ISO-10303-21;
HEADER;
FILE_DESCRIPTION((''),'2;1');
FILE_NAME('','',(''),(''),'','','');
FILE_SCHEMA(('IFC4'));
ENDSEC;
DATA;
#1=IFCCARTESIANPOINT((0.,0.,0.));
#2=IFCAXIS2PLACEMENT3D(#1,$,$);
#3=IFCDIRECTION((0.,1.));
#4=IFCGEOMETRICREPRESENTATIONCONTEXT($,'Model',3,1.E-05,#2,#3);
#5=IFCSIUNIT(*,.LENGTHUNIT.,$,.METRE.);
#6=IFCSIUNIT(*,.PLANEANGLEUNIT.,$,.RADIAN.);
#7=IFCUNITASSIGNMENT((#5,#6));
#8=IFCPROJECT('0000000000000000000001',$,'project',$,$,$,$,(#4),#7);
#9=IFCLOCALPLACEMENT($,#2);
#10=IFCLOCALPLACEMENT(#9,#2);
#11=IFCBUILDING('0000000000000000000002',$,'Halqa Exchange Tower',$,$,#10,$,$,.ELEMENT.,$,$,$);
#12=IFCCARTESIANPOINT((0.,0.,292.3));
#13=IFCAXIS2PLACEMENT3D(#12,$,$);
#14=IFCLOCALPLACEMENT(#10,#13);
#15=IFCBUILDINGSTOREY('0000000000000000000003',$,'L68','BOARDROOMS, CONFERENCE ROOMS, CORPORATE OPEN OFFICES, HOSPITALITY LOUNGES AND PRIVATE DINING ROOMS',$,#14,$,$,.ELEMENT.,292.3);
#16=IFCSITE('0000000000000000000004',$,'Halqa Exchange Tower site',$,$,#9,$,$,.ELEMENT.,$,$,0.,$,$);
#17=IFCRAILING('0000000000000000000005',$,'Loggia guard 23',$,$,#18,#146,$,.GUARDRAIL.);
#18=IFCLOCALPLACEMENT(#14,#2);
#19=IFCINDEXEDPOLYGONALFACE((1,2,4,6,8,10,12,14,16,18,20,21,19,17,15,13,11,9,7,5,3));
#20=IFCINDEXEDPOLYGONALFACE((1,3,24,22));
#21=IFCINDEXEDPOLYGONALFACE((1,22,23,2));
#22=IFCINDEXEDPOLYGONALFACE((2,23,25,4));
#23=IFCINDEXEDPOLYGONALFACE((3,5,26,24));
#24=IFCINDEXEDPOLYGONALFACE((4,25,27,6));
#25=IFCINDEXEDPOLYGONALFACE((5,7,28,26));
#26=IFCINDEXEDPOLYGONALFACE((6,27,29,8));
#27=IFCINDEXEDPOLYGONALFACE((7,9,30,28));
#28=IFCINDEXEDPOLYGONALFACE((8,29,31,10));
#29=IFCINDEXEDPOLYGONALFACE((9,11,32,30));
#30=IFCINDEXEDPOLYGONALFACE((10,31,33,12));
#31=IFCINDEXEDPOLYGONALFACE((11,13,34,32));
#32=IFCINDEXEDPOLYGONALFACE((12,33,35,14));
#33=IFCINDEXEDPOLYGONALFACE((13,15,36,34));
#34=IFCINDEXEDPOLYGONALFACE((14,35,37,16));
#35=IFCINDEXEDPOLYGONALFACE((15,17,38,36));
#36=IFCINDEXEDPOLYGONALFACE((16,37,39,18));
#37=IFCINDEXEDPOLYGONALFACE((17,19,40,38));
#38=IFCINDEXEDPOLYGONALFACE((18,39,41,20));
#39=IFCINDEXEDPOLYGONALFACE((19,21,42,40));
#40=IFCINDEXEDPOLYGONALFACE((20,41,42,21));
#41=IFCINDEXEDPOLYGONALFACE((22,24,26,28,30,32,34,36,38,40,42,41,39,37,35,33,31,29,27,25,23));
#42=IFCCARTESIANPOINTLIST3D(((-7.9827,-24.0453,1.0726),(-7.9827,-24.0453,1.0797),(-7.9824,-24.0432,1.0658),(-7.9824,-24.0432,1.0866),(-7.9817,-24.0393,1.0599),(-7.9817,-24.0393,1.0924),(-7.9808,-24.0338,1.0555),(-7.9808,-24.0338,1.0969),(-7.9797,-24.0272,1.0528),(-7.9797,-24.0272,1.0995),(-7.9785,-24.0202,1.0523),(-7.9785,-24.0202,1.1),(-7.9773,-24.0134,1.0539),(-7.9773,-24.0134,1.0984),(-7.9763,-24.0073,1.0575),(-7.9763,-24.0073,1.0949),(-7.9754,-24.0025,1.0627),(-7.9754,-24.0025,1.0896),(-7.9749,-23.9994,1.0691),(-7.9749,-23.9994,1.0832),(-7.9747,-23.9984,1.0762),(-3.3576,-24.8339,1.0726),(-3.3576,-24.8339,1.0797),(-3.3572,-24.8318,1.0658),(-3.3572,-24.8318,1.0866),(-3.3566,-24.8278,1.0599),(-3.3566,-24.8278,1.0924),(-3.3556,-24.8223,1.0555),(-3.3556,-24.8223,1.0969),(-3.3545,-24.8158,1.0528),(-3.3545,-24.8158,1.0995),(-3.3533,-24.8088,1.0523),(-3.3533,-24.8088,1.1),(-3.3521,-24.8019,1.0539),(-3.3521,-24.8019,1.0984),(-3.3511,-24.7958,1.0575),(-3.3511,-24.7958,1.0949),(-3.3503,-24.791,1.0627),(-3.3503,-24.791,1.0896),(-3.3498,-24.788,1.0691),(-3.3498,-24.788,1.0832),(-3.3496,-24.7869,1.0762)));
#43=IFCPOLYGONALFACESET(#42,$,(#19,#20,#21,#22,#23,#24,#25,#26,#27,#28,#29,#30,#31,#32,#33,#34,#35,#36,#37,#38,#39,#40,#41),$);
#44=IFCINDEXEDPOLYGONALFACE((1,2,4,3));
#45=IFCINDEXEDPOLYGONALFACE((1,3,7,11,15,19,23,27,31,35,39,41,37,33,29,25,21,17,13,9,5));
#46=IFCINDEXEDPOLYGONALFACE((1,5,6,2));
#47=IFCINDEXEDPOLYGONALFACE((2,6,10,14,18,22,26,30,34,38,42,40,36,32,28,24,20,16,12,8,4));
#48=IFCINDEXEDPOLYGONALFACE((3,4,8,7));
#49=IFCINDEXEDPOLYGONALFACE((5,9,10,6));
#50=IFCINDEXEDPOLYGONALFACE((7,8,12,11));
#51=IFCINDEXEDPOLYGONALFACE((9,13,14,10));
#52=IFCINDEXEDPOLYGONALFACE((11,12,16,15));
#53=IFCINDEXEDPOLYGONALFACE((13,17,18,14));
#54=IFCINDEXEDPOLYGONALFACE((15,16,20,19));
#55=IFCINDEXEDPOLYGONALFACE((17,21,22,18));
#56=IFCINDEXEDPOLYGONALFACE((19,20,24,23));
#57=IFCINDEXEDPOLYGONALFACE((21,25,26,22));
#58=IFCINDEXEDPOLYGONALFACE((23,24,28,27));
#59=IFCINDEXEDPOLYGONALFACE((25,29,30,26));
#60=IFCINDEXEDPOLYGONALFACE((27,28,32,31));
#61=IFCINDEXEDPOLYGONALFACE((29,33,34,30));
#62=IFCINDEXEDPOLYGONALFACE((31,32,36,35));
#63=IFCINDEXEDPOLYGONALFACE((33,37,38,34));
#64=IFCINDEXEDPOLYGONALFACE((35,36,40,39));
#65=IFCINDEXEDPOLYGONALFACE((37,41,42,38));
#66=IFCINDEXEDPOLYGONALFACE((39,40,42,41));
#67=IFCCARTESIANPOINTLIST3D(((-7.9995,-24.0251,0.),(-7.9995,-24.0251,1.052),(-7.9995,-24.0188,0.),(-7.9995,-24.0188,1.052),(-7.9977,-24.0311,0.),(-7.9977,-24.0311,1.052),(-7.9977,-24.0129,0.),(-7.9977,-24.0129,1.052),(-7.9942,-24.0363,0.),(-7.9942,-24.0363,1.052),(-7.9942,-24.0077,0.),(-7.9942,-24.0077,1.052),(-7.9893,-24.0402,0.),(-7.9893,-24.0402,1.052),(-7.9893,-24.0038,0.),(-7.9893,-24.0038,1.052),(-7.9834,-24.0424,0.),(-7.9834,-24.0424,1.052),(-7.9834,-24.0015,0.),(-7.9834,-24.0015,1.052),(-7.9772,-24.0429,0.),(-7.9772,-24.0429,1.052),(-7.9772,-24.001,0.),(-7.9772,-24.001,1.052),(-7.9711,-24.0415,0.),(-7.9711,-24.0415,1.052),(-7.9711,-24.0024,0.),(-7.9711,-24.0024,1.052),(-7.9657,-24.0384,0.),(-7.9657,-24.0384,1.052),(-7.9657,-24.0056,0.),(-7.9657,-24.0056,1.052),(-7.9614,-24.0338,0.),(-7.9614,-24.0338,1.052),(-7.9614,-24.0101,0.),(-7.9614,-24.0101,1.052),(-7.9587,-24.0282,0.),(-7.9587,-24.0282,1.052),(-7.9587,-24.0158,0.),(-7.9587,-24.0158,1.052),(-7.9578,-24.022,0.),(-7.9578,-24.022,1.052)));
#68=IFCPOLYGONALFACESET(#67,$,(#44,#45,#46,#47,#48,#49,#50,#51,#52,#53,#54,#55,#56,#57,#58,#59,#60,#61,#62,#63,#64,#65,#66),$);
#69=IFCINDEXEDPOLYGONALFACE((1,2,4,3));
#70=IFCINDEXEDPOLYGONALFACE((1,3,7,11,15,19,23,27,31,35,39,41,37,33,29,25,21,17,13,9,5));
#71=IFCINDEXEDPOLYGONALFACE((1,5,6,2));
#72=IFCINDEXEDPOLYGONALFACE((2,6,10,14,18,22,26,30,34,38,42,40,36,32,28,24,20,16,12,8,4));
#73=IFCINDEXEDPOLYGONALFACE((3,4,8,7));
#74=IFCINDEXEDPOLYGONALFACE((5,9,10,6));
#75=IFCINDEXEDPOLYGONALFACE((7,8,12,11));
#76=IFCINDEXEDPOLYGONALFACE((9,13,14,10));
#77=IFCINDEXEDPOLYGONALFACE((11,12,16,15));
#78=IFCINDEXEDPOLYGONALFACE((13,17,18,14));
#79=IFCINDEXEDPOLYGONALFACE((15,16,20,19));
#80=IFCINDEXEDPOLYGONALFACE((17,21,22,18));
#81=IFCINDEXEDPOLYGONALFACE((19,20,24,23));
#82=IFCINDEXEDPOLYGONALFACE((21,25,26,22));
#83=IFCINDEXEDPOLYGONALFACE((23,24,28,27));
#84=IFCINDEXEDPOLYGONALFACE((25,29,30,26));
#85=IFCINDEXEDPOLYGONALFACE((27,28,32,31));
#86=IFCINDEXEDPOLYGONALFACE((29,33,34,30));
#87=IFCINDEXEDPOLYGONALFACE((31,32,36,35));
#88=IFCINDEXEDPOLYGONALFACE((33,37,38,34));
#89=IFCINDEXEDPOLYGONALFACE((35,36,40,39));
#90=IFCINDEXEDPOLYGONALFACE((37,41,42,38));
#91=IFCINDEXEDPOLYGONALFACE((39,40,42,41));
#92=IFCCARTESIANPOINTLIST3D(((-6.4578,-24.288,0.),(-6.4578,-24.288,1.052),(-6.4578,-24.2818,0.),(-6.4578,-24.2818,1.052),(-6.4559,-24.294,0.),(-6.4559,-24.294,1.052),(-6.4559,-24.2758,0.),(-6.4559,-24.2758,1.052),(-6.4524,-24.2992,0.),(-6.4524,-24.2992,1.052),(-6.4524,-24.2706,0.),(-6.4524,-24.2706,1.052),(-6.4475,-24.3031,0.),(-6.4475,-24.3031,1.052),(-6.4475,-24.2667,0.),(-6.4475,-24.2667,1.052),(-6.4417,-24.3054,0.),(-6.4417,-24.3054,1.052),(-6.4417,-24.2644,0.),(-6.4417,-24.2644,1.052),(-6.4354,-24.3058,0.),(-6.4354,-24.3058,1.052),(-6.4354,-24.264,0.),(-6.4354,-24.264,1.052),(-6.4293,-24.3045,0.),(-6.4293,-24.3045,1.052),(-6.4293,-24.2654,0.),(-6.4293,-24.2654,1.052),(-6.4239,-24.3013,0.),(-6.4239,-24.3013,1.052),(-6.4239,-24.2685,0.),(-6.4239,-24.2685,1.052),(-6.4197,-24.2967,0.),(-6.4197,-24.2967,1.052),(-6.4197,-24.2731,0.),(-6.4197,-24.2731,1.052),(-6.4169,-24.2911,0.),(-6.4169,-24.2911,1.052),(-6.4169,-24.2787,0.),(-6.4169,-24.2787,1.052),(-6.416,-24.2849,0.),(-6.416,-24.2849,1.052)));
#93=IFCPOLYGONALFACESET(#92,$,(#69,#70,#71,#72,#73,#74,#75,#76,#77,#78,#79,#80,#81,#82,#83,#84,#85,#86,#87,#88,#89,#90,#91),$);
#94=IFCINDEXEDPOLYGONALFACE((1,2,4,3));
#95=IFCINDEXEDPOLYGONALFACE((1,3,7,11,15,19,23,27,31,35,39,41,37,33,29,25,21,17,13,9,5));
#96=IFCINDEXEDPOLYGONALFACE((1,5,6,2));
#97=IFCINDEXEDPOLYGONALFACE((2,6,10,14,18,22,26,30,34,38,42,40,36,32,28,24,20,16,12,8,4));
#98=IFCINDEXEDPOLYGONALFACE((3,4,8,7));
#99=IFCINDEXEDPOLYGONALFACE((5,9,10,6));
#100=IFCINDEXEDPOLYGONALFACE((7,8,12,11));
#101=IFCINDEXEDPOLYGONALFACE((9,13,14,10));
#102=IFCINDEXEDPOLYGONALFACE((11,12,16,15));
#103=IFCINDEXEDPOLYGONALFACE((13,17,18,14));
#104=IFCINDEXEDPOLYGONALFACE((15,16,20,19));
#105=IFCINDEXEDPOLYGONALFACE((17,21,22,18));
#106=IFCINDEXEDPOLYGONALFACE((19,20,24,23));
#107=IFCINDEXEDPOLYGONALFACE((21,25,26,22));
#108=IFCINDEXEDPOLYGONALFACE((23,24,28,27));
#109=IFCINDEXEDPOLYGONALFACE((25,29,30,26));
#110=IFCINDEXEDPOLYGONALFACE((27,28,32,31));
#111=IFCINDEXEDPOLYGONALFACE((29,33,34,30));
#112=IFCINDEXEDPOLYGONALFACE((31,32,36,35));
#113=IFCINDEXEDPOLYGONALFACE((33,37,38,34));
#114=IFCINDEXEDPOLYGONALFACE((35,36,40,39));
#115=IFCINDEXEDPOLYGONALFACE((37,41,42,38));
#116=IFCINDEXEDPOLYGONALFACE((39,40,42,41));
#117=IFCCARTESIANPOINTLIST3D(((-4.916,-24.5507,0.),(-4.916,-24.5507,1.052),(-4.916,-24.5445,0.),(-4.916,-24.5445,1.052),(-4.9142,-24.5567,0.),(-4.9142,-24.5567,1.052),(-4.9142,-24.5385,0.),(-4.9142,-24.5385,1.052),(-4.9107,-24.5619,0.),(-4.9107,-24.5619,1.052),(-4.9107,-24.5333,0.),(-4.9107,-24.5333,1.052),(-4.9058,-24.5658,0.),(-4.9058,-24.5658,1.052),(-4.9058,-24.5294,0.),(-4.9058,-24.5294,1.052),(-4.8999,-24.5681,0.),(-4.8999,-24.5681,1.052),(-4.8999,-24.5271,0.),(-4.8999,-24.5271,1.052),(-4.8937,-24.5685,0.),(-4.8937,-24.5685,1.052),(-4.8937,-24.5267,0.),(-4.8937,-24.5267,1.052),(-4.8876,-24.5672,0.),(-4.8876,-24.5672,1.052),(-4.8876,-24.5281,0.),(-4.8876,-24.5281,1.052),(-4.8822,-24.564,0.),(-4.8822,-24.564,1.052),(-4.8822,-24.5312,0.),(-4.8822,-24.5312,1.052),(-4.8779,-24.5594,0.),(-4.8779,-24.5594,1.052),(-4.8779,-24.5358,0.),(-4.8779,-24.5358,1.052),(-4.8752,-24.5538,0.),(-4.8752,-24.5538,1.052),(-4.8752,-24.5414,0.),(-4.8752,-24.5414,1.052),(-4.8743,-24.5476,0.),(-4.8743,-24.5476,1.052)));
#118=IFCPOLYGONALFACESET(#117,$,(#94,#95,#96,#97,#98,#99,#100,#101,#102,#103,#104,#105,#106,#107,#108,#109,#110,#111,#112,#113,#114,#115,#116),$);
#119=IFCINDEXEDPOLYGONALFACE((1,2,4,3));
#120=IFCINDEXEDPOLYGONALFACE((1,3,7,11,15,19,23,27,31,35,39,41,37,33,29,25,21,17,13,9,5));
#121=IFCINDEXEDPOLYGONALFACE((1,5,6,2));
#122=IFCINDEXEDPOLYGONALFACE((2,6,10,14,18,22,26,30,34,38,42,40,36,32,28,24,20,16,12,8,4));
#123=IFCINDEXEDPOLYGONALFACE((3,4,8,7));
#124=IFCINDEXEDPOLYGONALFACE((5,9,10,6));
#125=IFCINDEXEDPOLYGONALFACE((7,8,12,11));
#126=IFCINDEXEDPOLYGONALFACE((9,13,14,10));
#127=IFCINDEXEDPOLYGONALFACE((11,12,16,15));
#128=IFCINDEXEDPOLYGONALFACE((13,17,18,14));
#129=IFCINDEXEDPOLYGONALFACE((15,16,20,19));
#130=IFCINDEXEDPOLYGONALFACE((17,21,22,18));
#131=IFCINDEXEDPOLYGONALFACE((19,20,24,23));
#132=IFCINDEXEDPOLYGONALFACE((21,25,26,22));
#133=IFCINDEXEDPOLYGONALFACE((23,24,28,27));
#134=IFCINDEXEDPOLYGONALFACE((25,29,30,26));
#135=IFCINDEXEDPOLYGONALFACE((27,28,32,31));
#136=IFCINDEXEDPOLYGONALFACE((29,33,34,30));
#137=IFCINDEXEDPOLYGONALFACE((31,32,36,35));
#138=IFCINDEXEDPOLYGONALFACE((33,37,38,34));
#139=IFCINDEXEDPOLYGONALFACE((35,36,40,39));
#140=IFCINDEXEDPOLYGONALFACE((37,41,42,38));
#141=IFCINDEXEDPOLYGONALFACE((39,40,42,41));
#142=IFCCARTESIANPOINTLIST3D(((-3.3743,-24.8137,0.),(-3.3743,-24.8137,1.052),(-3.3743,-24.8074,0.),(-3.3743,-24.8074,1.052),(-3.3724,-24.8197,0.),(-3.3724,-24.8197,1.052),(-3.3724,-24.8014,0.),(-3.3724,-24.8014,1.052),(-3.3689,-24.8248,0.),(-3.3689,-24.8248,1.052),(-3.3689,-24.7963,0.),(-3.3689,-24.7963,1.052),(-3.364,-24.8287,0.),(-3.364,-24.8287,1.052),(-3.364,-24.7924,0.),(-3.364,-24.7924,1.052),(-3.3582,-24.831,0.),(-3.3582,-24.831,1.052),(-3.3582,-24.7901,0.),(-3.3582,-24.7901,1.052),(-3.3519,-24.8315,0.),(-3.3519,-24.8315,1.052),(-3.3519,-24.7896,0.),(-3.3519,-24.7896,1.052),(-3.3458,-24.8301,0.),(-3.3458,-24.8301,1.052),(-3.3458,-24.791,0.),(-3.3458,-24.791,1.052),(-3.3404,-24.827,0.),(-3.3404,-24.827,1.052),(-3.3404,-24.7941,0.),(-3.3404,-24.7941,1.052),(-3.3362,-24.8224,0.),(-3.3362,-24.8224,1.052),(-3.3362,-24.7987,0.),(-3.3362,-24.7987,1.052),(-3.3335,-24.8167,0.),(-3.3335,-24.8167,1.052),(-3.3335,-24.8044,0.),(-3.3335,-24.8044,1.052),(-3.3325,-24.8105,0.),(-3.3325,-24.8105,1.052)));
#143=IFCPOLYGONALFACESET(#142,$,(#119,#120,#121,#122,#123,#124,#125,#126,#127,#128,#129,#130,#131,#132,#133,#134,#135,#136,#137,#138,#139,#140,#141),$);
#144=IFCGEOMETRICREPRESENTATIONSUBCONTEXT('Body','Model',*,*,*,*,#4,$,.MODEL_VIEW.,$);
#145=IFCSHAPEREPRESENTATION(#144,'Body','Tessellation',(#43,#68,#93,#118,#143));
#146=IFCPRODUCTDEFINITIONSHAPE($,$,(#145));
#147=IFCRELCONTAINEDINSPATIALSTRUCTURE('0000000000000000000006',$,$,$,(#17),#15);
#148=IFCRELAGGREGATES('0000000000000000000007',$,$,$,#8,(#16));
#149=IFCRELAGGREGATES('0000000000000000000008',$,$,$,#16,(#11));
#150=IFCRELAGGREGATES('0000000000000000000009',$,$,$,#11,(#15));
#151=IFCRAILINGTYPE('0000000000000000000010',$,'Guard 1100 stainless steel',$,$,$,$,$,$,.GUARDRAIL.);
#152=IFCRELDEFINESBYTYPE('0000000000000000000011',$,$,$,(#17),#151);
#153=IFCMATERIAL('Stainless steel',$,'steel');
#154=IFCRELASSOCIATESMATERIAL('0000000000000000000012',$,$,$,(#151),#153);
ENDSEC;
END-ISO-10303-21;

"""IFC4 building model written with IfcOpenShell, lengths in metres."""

from ifc_helpers import new_model, si_unit, direction, frame, origin, origin_2d, place, context, subcontext, project, spatial, circle, extrude, material, type_object, element, save


model = new_model("IFC4")

# Units and contexts
model_context = context("Model", 3, precision=1e-05, world=origin(), true_north=direction((0.0, 1.0)))
body_context = subcontext(model_context, "Body", "Model", "MODEL_VIEW")
ifc_project = project(units=[si_unit("LENGTHUNIT", "METRE"), si_unit("PLANEANGLEUNIT", "RADIAN")], contexts=[model_context])

# Site, building, storey
site_placement = place(None, origin())
site = spatial("IfcSite", under=ifc_project, at=site_placement, Name="Halqa Exchange Tower site", CompositionType="ELEMENT", RefElevation=0.0)
building_placement = place(site_placement, origin())
building = spatial("IfcBuilding", under=site, at=building_placement, Name="Halqa Exchange Tower", CompositionType="ELEMENT")
storey_placement = place(building_placement, frame((0.0, 0.0, 292.3)))
storey = spatial("IfcBuildingStorey", under=building, at=storey_placement, Name="L68", Description="BOARDROOMS, CONFERENCE ROOMS, CORPORATE OPEN OFFICES, HOSPITALITY LOUNGES AND PRIVATE DINING ROOMS", CompositionType="ELEMENT", Elevation=292.3)

# Railing
ifc_material_1 = material(Name="Stainless steel", Category="steel")
railing_type = type_object("IfcRailingType", Name="Guard 1100 stainless steel", PredefinedType="GUARDRAIL", material=ifc_material_1)
railing_1_placement = place(storey_placement, frame((-7.9788, -24.022, 0.0)))
element("IfcRailing", 1, at=railing_1_placement, inside=storey, type_object=railing_type, Name="Loggia guard 23", PredefinedType="GUARDRAIL", context=body_context, shape_type="SweptSolid", body=[
    extrude(circle(Radius=0.0239, at=origin_2d()), frame((0.0, 0.0, 1.0762), z_axis=(0.985775, -0.168068, 0.0), x_axis=(0.168068, 0.985775, 0.0)), (0.0, 0.0, 1.0), 4.6919),
    extrude(circle(Radius=0.021, at=origin_2d()), origin(), (0.0, 0.0, 1.0), 1.052),
    extrude(circle(Radius=0.021, at=origin_2d()), frame((1.5417, -0.2629, 0.0)), (0.0, 0.0, 1.0), 1.052),
    extrude(circle(Radius=0.021, at=origin_2d()), frame((3.0835, -0.5256, 0.0)), (0.0, 0.0, 1.0), 1.052),
    extrude(circle(Radius=0.021, at=origin_2d()), frame((4.6252, -0.7886, 0.0)), (0.0, 0.0, 1.0), 1.052),
])

save(model, "model.ifc")
